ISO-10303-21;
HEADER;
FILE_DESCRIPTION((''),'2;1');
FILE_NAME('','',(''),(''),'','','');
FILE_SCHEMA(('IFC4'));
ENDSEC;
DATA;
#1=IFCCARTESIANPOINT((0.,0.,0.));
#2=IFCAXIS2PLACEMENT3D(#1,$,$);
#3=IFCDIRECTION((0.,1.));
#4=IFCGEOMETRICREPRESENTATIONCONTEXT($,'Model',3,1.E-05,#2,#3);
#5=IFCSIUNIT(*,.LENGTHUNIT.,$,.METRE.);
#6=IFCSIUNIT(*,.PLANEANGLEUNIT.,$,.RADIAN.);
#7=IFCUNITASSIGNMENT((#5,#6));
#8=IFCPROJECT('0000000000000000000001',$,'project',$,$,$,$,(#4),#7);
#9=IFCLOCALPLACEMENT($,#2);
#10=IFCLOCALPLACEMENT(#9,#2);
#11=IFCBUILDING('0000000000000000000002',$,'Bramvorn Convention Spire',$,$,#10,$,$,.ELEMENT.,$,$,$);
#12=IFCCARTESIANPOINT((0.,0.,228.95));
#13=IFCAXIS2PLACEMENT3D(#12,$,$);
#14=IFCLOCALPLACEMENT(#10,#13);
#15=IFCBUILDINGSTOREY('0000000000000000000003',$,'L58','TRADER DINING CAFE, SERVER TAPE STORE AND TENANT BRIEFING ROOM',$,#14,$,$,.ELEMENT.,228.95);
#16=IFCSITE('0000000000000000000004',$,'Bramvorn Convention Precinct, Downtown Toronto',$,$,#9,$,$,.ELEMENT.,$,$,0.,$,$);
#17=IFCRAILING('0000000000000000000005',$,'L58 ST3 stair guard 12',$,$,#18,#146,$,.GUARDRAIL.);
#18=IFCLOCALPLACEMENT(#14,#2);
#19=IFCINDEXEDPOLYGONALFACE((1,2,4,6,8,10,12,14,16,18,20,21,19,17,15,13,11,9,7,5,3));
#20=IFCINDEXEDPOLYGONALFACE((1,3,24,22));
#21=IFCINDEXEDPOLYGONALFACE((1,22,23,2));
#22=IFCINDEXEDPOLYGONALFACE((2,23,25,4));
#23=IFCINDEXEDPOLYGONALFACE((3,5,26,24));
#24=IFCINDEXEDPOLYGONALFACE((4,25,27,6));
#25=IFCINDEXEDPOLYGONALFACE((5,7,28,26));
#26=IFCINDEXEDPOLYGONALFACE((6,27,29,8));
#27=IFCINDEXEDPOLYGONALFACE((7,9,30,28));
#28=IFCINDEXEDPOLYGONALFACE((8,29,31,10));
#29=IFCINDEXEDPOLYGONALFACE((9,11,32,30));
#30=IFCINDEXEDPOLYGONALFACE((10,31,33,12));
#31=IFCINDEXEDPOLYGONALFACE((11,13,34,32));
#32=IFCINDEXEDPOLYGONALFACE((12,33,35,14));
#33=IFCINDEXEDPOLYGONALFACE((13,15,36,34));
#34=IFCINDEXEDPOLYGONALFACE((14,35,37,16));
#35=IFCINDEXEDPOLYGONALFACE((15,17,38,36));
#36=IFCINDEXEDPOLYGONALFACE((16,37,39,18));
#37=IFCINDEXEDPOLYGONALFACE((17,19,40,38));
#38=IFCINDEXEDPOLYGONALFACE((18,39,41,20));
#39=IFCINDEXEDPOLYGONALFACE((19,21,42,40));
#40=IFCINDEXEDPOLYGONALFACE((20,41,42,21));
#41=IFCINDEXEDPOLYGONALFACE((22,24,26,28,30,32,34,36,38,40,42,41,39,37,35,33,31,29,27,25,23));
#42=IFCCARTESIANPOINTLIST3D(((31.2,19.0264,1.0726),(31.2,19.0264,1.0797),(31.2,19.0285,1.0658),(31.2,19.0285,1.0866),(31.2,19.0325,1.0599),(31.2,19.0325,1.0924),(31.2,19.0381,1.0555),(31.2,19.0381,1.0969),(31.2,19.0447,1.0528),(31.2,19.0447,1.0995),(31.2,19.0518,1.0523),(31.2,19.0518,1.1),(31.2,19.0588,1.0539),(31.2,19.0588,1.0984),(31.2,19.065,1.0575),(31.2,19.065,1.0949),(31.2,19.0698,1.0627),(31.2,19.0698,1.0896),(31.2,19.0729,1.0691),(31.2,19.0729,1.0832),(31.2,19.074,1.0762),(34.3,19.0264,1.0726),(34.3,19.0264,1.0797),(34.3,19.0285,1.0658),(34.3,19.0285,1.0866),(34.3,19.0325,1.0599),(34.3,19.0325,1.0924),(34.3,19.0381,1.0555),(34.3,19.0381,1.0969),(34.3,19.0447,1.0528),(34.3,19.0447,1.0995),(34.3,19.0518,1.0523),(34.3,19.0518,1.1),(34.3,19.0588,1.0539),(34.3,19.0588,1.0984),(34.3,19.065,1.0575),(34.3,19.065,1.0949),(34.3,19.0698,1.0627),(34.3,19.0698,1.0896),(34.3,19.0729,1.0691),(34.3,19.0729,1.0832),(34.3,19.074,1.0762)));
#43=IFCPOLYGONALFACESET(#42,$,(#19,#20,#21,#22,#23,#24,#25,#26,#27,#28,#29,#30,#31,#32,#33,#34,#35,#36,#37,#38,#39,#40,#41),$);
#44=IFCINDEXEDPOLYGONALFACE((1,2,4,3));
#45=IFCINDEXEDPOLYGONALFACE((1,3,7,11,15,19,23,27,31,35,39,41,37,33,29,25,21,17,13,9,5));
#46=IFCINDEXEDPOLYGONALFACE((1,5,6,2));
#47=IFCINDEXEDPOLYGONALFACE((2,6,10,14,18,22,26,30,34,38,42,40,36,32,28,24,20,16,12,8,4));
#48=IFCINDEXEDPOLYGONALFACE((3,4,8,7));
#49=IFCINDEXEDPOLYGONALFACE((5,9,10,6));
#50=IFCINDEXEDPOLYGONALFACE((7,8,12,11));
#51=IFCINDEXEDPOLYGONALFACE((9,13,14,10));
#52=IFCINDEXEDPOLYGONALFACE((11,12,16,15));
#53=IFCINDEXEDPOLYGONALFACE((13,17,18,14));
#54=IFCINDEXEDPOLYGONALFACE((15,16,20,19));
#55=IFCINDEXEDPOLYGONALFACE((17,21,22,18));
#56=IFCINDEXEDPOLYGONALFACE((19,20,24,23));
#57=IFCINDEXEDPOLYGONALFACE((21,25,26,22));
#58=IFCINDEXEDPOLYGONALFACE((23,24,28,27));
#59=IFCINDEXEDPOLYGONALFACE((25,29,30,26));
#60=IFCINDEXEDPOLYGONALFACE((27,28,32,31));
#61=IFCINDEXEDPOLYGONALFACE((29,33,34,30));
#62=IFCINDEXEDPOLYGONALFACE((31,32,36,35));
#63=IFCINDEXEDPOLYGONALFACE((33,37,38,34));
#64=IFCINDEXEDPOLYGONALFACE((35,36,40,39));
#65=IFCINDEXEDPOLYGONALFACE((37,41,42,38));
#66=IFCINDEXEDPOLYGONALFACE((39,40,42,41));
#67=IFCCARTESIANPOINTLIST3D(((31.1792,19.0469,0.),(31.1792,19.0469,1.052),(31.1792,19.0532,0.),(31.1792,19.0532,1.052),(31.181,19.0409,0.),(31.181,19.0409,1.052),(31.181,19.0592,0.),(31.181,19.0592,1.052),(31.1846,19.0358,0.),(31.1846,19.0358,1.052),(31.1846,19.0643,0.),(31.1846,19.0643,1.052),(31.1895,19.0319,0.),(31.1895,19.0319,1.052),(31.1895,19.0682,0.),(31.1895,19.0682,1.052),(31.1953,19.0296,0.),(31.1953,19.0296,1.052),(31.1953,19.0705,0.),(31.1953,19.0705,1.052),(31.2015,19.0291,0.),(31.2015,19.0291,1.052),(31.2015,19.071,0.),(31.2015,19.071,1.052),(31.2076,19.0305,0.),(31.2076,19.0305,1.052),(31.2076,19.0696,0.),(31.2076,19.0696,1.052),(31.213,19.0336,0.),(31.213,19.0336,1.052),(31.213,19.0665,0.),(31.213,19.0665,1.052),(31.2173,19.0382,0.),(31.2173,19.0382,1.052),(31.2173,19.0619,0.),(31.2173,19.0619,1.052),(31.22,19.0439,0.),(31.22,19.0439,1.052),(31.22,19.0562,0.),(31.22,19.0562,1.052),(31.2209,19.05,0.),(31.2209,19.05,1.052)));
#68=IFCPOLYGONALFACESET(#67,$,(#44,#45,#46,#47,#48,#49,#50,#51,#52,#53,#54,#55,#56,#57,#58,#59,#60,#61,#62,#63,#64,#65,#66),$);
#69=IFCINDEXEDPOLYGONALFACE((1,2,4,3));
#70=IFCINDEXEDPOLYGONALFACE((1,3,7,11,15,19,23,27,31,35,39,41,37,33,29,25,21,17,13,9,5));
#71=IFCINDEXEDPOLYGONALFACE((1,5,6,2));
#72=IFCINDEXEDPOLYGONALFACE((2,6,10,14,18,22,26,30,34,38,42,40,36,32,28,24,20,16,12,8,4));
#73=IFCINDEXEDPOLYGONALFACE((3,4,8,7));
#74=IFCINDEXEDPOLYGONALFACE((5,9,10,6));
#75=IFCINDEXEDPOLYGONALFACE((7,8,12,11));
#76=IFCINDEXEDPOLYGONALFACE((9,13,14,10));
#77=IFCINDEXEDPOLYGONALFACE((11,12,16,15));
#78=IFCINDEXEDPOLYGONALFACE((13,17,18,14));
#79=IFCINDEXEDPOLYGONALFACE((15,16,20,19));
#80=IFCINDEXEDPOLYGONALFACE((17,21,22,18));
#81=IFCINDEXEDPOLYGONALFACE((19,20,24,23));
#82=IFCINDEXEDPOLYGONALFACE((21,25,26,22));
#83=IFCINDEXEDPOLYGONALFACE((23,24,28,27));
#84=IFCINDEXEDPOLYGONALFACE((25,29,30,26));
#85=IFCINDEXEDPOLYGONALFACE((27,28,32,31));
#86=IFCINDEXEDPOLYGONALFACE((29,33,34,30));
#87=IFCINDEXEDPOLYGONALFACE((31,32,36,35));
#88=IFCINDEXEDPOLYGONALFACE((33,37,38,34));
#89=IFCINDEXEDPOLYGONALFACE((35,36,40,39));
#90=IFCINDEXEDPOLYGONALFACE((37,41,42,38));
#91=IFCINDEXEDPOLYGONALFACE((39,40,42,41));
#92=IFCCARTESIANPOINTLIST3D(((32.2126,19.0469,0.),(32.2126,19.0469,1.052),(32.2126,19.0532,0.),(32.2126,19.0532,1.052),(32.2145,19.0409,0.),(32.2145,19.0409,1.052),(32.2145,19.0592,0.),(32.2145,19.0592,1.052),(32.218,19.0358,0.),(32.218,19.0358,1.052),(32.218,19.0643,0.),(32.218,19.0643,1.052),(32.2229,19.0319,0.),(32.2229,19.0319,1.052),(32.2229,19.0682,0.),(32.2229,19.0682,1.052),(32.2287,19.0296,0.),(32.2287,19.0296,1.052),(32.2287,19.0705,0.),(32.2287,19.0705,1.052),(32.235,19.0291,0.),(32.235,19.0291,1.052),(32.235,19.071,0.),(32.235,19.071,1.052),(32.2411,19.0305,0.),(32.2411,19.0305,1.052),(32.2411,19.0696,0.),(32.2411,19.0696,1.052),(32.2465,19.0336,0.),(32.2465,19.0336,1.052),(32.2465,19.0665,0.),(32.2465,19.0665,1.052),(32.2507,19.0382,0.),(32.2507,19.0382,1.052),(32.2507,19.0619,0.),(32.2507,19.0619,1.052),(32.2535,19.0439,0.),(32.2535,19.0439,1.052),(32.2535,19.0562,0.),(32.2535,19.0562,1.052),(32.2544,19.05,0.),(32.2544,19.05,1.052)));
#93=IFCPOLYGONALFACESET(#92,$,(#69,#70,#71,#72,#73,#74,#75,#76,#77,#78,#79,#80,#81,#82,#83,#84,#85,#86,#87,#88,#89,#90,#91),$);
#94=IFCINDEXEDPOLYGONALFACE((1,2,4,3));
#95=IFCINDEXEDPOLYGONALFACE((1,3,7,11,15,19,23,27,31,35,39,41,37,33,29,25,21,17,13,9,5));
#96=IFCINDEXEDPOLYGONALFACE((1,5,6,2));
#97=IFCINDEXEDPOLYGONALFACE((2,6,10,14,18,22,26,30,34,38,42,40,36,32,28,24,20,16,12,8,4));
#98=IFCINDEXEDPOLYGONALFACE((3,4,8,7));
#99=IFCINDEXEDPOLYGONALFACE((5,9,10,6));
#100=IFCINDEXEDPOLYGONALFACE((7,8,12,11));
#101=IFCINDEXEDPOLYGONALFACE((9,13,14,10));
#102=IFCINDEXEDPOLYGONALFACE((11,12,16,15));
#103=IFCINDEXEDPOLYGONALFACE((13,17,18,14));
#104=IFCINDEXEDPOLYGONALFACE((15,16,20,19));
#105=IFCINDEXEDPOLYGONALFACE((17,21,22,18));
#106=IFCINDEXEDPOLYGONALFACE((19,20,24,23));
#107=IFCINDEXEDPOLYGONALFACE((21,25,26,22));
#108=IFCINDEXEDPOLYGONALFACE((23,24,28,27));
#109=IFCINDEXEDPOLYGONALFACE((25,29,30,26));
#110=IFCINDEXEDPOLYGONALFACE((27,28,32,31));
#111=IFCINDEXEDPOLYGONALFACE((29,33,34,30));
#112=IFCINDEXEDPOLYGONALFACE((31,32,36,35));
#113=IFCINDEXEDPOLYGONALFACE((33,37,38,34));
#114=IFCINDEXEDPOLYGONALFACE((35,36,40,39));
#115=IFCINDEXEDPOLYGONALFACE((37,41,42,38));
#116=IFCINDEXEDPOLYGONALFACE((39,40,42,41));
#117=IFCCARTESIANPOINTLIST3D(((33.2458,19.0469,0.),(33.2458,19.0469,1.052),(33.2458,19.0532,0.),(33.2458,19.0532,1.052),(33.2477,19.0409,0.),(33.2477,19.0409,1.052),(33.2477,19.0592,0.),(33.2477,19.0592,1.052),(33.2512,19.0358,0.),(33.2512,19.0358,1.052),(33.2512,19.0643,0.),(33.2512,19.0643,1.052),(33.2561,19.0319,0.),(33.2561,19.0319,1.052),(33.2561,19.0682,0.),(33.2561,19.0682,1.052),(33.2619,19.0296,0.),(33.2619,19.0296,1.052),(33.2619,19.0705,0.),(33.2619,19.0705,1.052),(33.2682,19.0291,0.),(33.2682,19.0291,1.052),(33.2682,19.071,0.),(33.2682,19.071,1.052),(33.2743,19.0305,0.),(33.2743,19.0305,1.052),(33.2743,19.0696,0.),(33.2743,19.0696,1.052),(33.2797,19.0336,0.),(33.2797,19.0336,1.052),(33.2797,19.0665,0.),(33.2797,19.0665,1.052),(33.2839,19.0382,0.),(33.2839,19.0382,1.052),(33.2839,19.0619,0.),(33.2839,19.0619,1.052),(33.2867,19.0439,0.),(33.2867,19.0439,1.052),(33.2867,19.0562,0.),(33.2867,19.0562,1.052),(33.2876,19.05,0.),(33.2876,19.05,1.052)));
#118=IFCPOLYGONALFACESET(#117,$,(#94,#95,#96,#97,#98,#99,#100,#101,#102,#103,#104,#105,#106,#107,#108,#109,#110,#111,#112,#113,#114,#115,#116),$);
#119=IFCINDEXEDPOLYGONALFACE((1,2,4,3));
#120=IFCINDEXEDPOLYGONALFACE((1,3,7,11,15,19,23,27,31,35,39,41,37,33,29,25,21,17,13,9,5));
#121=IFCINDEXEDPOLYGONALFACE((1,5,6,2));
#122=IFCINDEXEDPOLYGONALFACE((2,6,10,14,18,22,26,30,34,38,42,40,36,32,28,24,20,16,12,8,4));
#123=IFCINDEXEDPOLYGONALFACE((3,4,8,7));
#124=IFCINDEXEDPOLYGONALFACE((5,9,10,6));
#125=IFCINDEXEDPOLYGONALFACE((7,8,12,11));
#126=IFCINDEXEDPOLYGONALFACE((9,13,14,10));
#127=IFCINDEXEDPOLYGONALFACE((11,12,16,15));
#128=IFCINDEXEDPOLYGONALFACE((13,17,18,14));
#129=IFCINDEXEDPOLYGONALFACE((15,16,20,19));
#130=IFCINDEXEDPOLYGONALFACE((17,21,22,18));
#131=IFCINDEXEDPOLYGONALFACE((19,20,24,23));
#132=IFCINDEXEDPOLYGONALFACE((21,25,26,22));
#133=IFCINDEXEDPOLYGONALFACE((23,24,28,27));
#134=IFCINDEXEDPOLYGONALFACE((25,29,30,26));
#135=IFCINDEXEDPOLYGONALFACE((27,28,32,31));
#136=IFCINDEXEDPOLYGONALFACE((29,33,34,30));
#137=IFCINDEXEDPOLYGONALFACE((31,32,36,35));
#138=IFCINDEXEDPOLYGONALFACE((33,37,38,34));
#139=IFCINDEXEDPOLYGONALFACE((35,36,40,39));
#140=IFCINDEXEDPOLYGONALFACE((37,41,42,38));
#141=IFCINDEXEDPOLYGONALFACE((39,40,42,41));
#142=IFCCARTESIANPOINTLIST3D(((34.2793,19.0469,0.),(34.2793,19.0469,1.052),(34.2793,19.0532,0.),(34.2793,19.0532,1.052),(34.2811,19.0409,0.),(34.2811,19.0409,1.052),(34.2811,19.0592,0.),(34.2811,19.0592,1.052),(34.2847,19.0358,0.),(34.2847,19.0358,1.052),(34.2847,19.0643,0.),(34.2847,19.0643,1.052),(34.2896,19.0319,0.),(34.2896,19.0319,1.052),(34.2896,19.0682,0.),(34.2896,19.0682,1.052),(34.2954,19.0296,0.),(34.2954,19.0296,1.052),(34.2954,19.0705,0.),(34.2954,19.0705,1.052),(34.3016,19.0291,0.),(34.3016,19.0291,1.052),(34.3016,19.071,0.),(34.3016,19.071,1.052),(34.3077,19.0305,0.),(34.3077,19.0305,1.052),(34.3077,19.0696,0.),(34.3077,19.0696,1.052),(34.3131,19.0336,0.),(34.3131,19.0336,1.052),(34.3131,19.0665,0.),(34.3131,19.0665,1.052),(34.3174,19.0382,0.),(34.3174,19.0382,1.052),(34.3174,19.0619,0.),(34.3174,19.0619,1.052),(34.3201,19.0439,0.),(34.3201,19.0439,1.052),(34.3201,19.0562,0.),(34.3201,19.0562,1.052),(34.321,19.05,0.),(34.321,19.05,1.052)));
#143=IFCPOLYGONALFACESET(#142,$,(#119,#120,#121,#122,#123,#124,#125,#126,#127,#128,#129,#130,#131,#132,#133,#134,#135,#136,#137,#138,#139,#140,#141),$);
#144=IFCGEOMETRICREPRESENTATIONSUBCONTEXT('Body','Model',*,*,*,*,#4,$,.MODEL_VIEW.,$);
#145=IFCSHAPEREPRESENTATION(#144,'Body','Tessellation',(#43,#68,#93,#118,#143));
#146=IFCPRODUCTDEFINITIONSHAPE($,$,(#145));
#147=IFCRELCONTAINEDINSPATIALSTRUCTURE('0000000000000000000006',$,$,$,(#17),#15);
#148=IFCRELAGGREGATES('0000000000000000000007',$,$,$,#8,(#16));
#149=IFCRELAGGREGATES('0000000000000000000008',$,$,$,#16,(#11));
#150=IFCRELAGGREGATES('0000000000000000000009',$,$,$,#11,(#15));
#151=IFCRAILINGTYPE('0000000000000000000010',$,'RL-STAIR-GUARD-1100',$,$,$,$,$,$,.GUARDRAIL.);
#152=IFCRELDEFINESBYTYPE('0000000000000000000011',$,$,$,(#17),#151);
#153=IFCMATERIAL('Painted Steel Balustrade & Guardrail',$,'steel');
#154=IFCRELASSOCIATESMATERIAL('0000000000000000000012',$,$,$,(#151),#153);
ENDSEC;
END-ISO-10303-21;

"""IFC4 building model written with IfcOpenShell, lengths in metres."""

from ifc_helpers import new_model, si_unit, direction, frame, origin, origin_2d, place, context, subcontext, project, spatial, circle, extrude, material, type_object, element, save


model = new_model("IFC4")

# Units and contexts
model_context = context("Model", 3, precision=1e-05, world=origin(), true_north=direction((0.0, 1.0)))
body_context = subcontext(model_context, "Body", "Model", "MODEL_VIEW")
ifc_project = project(units=[si_unit("LENGTHUNIT", "METRE"), si_unit("PLANEANGLEUNIT", "RADIAN")], contexts=[model_context])

# Site, building, storey
site_placement = place(None, origin())
site = spatial("IfcSite", under=ifc_project, at=site_placement, Name="Bramvorn Convention Precinct, Downtown Toronto", CompositionType="ELEMENT", RefElevation=0.0)
building_placement = place(site_placement, origin())
building = spatial("IfcBuilding", under=site, at=building_placement, Name="Bramvorn Convention Spire", CompositionType="ELEMENT")
storey_placement = place(building_placement, frame((0.0, 0.0, 228.95)))
storey = spatial("IfcBuildingStorey", under=building, at=storey_placement, Name="L58", Description="TRADER DINING CAFE, SERVER TAPE STORE AND TENANT BRIEFING ROOM", CompositionType="ELEMENT", Elevation=228.95)

# Railing
ifc_material_1 = material(Name="Painted Steel Balustrade & Guardrail", Category="steel")
railing_type_1 = type_object("IfcRailingType", Name="RL-STAIR-GUARD-1100", PredefinedType="GUARDRAIL", material=ifc_material_1)
railing_1_placement = place(storey_placement, frame((31.2, 19.05, 0.0)))
element("IfcRailing", 1, at=railing_1_placement, inside=storey, type_object=railing_type_1, Name="L58 ST3 stair guard 12", PredefinedType="GUARDRAIL", context=body_context, shape_type="SweptSolid", body=[
    extrude(circle(Radius=0.0239, at=origin_2d()), frame((0.0, 0.0, 1.0762), z_axis=(1.0, 0.0, 0.0), x_axis=(0.0, 1.0, 0.0)), (0.0, 0.0, 1.0), 3.1001),
    extrude(circle(Radius=0.021, at=origin_2d()), origin(), (0.0, 0.0, 1.0), 1.052),
    extrude(circle(Radius=0.021, at=origin_2d()), frame((1.0334, 0.0, 0.0)), (0.0, 0.0, 1.0), 1.052),
    extrude(circle(Radius=0.021, at=origin_2d()), frame((2.0667, 0.0, 0.0)), (0.0, 0.0, 1.0), 1.052),
    extrude(circle(Radius=0.021, at=origin_2d()), frame((3.1001, 0.0, 0.0)), (0.0, 0.0, 1.0), 1.052),
])

save(model, "model.ifc")
